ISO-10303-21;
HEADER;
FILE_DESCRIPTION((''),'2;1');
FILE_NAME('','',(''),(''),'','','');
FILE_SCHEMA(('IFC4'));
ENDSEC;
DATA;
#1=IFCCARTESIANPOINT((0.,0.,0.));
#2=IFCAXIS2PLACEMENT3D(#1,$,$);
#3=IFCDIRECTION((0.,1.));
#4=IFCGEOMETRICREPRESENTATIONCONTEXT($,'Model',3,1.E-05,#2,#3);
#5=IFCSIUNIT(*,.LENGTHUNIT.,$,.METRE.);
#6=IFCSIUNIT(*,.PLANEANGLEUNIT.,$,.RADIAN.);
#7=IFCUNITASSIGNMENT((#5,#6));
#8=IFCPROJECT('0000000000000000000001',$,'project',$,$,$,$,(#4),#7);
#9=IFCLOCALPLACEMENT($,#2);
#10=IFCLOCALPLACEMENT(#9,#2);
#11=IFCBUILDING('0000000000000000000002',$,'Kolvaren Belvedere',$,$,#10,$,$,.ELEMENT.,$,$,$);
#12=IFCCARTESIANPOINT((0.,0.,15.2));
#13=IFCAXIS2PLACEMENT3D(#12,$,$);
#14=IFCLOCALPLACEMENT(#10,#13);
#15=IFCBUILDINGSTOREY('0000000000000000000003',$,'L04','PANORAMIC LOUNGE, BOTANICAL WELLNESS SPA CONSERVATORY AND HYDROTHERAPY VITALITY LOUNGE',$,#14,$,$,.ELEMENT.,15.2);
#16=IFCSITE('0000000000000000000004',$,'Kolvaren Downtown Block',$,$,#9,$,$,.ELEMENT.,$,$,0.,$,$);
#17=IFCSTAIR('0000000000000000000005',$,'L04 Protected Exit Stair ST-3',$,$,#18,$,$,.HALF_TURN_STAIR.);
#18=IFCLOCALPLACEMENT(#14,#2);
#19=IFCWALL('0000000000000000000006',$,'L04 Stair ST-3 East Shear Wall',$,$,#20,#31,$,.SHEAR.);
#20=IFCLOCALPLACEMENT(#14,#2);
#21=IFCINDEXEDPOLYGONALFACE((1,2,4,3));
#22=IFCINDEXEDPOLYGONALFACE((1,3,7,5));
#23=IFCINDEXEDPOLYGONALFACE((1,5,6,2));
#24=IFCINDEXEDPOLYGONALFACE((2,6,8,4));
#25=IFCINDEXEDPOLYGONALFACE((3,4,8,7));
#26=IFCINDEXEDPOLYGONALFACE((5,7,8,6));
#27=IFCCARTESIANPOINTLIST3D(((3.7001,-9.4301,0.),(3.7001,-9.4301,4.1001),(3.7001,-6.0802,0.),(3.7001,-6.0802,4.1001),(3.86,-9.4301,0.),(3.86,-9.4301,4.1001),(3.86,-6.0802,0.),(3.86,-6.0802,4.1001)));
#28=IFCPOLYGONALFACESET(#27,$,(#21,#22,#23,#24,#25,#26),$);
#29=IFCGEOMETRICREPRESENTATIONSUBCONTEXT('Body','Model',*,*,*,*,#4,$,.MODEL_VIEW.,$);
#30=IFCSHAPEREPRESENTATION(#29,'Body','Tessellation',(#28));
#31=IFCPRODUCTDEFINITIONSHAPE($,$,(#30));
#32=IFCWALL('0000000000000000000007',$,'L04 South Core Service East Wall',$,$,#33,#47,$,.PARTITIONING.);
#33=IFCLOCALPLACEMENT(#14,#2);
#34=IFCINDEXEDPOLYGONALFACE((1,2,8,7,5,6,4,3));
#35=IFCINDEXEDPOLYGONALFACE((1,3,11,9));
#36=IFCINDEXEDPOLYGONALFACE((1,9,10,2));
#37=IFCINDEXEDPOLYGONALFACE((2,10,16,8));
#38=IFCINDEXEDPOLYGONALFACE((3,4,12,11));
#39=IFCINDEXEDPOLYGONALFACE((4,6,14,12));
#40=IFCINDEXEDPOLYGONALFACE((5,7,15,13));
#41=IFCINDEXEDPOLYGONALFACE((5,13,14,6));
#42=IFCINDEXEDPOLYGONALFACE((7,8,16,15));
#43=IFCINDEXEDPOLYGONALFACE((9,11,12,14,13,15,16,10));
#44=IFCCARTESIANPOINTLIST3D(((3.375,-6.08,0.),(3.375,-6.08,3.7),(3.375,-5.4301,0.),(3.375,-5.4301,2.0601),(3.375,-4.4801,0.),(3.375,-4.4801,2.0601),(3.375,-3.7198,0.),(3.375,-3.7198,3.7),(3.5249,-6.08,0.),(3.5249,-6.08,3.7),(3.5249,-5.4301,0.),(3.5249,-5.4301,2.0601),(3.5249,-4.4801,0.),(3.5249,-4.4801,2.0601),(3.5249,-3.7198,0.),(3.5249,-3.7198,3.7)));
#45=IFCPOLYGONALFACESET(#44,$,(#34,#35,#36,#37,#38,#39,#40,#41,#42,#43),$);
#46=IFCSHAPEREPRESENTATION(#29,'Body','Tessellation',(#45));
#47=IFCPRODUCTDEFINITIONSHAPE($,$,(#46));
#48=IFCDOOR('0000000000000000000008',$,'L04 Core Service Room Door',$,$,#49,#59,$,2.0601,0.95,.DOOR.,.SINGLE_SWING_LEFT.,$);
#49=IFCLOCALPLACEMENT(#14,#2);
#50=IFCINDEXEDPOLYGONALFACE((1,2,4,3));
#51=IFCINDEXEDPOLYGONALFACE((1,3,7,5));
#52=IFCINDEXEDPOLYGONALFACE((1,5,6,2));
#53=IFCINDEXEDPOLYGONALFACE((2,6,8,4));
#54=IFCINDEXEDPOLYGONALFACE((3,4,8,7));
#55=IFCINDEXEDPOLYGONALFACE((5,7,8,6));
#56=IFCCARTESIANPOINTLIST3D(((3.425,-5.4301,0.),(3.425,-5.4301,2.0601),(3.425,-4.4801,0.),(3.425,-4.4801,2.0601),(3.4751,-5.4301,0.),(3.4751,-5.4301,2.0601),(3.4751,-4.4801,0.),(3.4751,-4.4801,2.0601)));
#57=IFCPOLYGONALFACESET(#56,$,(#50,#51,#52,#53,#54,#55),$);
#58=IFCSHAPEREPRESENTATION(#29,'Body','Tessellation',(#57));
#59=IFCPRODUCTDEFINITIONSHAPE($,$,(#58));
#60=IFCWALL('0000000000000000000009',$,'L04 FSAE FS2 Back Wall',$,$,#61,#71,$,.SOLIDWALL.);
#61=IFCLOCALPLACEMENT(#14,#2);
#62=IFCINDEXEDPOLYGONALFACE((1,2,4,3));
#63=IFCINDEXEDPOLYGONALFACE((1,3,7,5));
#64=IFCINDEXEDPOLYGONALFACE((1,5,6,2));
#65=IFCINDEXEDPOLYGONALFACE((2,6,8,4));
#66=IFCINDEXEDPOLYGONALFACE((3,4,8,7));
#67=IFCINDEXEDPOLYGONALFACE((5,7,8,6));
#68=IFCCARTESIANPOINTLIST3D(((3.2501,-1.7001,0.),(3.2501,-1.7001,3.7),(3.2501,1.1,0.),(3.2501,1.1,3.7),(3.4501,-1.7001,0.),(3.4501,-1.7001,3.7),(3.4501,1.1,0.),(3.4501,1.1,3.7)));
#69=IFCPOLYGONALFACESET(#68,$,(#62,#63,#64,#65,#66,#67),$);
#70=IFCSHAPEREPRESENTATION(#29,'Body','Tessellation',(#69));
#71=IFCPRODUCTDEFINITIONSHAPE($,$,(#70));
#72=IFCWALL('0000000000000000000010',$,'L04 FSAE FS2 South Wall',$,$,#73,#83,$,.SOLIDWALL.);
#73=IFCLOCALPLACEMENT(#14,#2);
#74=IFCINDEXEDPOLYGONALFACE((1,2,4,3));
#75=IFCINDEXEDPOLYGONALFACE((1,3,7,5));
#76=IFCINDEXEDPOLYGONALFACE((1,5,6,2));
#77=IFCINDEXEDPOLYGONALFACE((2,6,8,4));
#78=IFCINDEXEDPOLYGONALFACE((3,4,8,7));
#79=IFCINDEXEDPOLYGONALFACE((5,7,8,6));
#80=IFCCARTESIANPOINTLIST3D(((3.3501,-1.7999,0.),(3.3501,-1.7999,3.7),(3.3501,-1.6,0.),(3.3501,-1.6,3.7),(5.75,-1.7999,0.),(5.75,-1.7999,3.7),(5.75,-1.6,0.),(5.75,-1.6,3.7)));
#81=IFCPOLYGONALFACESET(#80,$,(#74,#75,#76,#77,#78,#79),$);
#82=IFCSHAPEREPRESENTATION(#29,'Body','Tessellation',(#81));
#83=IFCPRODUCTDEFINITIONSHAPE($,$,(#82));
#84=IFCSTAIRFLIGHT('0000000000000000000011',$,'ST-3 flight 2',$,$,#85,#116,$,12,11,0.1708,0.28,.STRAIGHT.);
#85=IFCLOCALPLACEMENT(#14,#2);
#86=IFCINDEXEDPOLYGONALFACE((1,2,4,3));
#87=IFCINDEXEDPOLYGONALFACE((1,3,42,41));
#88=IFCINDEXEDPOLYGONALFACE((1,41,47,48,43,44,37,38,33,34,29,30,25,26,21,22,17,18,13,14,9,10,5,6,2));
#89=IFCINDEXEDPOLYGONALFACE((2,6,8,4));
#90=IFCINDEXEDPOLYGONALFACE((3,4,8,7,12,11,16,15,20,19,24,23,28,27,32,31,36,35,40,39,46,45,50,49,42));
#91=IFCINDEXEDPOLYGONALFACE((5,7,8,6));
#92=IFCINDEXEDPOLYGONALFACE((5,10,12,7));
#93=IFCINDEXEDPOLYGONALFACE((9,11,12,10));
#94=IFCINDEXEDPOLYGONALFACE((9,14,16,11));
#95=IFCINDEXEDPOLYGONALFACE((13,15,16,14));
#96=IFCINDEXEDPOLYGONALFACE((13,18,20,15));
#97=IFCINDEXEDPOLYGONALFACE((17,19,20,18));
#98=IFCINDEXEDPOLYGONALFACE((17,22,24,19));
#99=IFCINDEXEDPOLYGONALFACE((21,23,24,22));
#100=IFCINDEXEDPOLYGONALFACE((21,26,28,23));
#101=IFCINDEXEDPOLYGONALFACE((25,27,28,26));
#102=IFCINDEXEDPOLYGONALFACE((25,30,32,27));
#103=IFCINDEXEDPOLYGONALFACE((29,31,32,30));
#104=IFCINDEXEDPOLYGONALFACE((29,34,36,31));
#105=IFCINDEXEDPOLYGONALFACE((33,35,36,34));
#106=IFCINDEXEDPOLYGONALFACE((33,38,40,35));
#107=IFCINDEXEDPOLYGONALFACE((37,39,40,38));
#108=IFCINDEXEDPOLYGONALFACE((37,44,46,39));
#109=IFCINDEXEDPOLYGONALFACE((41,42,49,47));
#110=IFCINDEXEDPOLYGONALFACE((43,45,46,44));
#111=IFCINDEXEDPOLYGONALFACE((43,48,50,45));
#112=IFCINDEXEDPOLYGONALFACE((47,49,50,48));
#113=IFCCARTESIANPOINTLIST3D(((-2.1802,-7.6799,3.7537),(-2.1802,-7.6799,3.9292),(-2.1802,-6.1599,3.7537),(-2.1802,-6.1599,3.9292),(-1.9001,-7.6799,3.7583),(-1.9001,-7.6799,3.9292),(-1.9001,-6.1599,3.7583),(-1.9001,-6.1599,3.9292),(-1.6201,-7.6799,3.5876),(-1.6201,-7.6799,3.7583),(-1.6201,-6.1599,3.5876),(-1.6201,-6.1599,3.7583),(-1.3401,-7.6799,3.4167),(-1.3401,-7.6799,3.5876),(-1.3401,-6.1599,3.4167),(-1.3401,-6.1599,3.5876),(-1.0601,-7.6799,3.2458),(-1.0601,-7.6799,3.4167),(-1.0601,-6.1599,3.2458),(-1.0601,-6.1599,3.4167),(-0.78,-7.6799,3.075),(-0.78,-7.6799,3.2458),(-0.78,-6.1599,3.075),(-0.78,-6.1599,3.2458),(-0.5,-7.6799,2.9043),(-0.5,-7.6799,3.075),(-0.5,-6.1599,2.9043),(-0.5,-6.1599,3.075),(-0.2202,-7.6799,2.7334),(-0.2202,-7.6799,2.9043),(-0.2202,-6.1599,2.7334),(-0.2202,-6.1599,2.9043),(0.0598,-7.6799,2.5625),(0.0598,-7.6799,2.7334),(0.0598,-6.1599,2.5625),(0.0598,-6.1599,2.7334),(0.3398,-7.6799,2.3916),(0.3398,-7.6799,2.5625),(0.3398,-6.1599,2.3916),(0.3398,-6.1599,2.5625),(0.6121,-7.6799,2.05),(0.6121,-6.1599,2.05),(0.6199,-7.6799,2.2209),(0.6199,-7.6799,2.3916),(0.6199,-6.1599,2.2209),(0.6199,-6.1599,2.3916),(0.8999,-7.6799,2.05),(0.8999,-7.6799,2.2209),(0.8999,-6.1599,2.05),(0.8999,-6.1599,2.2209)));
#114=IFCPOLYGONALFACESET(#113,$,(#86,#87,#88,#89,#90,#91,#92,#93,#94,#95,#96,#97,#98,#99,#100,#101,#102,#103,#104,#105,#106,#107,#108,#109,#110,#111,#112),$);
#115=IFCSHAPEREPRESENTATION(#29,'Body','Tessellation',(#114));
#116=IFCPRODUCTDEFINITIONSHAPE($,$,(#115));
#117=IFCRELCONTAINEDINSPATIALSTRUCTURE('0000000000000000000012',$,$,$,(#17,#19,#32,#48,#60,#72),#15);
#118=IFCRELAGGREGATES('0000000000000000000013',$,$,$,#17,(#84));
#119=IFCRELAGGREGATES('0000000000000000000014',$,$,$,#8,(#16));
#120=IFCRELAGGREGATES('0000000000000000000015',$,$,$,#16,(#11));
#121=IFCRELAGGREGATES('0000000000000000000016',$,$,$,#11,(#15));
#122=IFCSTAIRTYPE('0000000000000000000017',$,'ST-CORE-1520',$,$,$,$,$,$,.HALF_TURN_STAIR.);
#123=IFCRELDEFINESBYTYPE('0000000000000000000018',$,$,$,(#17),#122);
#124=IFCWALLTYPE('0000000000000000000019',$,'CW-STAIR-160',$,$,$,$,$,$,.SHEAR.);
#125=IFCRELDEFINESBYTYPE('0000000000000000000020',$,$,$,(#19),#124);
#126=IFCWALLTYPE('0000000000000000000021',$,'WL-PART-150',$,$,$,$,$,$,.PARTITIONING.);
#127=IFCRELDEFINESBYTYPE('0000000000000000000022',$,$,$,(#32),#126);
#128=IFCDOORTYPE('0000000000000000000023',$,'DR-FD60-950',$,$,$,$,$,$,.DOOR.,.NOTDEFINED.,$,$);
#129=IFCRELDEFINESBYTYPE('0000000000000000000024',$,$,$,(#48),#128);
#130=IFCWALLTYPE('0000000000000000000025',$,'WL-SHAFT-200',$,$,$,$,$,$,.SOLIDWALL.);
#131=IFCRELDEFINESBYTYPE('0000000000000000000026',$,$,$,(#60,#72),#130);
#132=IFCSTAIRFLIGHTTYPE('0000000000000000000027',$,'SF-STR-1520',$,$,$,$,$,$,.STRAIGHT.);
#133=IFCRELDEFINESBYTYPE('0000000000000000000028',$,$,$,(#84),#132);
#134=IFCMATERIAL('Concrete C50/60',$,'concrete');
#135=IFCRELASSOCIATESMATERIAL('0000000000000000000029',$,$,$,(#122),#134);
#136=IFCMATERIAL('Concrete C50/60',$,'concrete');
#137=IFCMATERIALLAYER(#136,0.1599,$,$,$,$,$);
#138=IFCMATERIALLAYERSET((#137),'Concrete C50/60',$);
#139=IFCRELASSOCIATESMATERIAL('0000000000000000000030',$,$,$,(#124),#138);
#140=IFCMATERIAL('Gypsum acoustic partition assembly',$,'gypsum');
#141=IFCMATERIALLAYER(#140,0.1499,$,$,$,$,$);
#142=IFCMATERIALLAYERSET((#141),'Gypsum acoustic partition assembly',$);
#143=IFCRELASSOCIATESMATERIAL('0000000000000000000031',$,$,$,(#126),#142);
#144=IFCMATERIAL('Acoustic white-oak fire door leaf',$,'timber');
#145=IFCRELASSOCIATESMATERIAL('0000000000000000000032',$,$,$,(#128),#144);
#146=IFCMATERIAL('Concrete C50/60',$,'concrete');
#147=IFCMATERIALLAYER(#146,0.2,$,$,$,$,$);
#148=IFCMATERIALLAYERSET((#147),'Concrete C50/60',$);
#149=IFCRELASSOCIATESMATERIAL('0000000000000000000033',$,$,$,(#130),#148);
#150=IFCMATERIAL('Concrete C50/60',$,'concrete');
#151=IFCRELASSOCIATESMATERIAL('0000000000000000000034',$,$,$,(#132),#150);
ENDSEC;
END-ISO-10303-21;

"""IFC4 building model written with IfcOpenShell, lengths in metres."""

from ifc_helpers import new_model, si_unit, direction, frame, frame_2d, origin, place, context, subcontext, project, spatial, polyline, rectangle, outline, extrude, material, layer, layer_set, type_object, element, fill, aggregate, save


model = new_model("IFC4")

# Units and contexts
model_context = context("Model", 3, precision=1e-05, world=origin(), true_north=direction((0.0, 1.0)))
body_context = subcontext(model_context, "Body", "Model", "MODEL_VIEW")
ifc_project = project(units=[si_unit("LENGTHUNIT", "METRE"), si_unit("PLANEANGLEUNIT", "RADIAN")], contexts=[model_context])

# Site, building, storey
site_placement = place(None, origin())
site = spatial("IfcSite", under=ifc_project, at=site_placement, Name="Kolvaren Downtown Block", CompositionType="ELEMENT", RefElevation=0.0)
building_placement = place(site_placement, origin())
building = spatial("IfcBuilding", under=site, at=building_placement, Name="Kolvaren Belvedere", CompositionType="ELEMENT")
storey_placement = place(building_placement, frame((0.0, 0.0, 15.2)))
storey = spatial("IfcBuildingStorey", under=building, at=storey_placement, Name="L04", Description="PANORAMIC LOUNGE, BOTANICAL WELLNESS SPA CONSERVATORY AND HYDROTHERAPY VITALITY LOUNGE", CompositionType="ELEMENT", Elevation=15.2)

# Stair
ifc_material_1 = material(Name="Concrete C50/60", Category="concrete")
stair_type_1 = type_object("IfcStairType", Name="ST-CORE-1520", PredefinedType="HALF_TURN_STAIR", material=ifc_material_1)
stair_1_placement = place(storey_placement, origin())
stair_1 = element("IfcStair", 1, at=stair_1_placement, inside=storey, type_object=stair_type_1, Name="L04 Protected Exit Stair ST-3", PredefinedType="HALF_TURN_STAIR")

# Shared definitions
ifc_material_2 = material(Name="Concrete C50/60", Category="concrete")
ifc_layer_1 = layer(ifc_material_2, 0.1599)
ifc_layer_set_1 = layer_set([ifc_layer_1], Name="Concrete C50/60")
wall_type_1 = type_object("IfcWallType", Name="CW-STAIR-160", PredefinedType="SHEAR", material=ifc_layer_set_1)

# Wall
wall_1_placement = place(storey_placement, frame((3.78, -9.4299, 0.0), z_axis=(0.0, 0.0, 1.0), x_axis=(0.0, 1.0, 0.0)))
element("IfcWall", 2, at=wall_1_placement, inside=storey, type_object=wall_type_1, Name="L04 Stair ST-3 East Shear Wall", PredefinedType="SHEAR", context=body_context, shape_type="SweptSolid", body=[
    extrude(rectangle(XDim=3.3499, YDim=0.1599, at=frame_2d((1.6748, 0.0))), origin(), (0.0, 0.0, 1.0), 4.1001),
])

# Wall, opening, door
ifc_material_3 = material(Name="Gypsum acoustic partition assembly", Category="gypsum")
ifc_layer_2 = layer(ifc_material_3, 0.1499)
ifc_layer_set_2 = layer_set([ifc_layer_2], Name="Gypsum acoustic partition assembly")
wall_type_2 = type_object("IfcWallType", Name="WL-PART-150", PredefinedType="PARTITIONING", material=ifc_layer_set_2)
wall_2_placement = place(storey_placement, frame((3.45, -6.0801, 0.0), z_axis=(0.0, 0.0, 1.0), x_axis=(0.0, 1.0, 0.0)))
wall_2 = element("IfcWall", 3, at=wall_2_placement, inside=storey, type_object=wall_type_2, Name="L04 South Core Service East Wall", PredefinedType="PARTITIONING", context=body_context, shape_type="SweptSolid", body=[
    extrude(rectangle(XDim=2.3601, YDim=0.1499, at=frame_2d((1.1802, 0.0))), origin(), (0.0, 0.0, 1.0), 3.7),
])
opening_1_placement = place(wall_2_placement, frame((0.6499, 0.0, 0.0)))
opening_1 = element("IfcOpeningElement", 4, at=opening_1_placement, cuts=wall_2, PredefinedType="OPENING", context=body_context, shape_type="SweptSolid", body=[
    extrude(rectangle(XDim=0.95, YDim=2.0601, at=frame_2d((0.4751, 1.03))), frame((0.0, 0.085, 0.0), z_axis=(0.0, -1.0, 0.0), x_axis=(1.0, 0.0, 0.0)), (0.0, 0.0, 1.0), 0.1699),
])
ifc_material_4 = material(Name="Acoustic white-oak fire door leaf", Category="timber")
door_type_1 = type_object("IfcDoorType", Name="DR-FD60-950", OperationType="NOTDEFINED", PredefinedType="DOOR", material=ifc_material_4)
door_1_placement = place(opening_1_placement, origin())
door_1 = element("IfcDoor", 5, at=door_1_placement, inside=storey, type_object=door_type_1, Name="L04 Core Service Room Door", OperationType="SINGLE_SWING_LEFT", OverallHeight=2.0601, OverallWidth=0.95, PredefinedType="DOOR", context=body_context, shape_type="SweptSolid", body=[
    extrude(rectangle(XDim=0.95, YDim=2.0601, at=frame_2d((0.4751, 1.03))), frame((0.0, 0.0249, 0.0), z_axis=(0.0, -1.0, 0.0), x_axis=(1.0, 0.0, 0.0)), (0.0, 0.0, 1.0), 0.05),
])
fill(opening_1, door_1)

# Walls
ifc_material_5 = material(Name="Concrete C50/60", Category="concrete")
ifc_layer_3 = layer(ifc_material_5, 0.2)
ifc_layer_set_3 = layer_set([ifc_layer_3], Name="Concrete C50/60")
wall_type_3 = type_object("IfcWallType", Name="WL-SHAFT-200", PredefinedType="SOLIDWALL", material=ifc_layer_set_3)
wall_3_placement = place(storey_placement, frame((3.3501, -1.7, 0.0), z_axis=(0.0, 0.0, 1.0), x_axis=(0.0, 1.0, 0.0)))
element("IfcWall", 6, at=wall_3_placement, inside=storey, type_object=wall_type_3, Name="L04 FSAE FS2 Back Wall", PredefinedType="SOLIDWALL", context=body_context, shape_type="SweptSolid", body=[
    extrude(rectangle(XDim=2.8, YDim=0.2, at=frame_2d((1.3999, 0.0))), origin(), (0.0, 0.0, 1.0), 3.7),
])
wall_4_placement = place(storey_placement, frame((3.3501, -1.7, 0.0), z_axis=(0.0, 0.0, 1.0), x_axis=(1.0, 0.0, 0.0)))
element("IfcWall", 7, at=wall_4_placement, inside=storey, type_object=wall_type_3, Name="L04 FSAE FS2 South Wall", PredefinedType="SOLIDWALL", context=body_context, shape_type="SweptSolid", body=[
    extrude(rectangle(XDim=2.3999, YDim=0.2, at=frame_2d((1.2, 0.0))), origin(), (0.0, 0.0, 1.0), 3.7),
])

# Stair flight
ifc_material_6 = material(Name="Concrete C50/60", Category="concrete")
stair_flight_type = type_object("IfcStairFlightType", Name="SF-STR-1520", PredefinedType="STRAIGHT", material=ifc_material_6)
stair_flight_placement = place(storey_placement, frame((0.8999, -6.9199, 2.05), z_axis=(0.0, 0.0, 1.0), x_axis=(-1.0, 0.0, 0.0)))
stair_flight = element("IfcStairFlight", 8, at=stair_flight_placement, type_object=stair_flight_type, Name="ST-3 flight 2", NumberOfRisers=12, NumberOfTreads=11, PredefinedType="STRAIGHT", RiserHeight=0.1708, TreadLength=0.28, context=body_context, shape_type="SweptSolid", body=[
    extrude(outline(polyline([(0.0, 0.0), (0.0, 0.1709), (0.28, 0.1709), (0.28, 0.3416), (0.5601, 0.3416), (0.5601, 0.5125), (0.8401, 0.5125), (0.8401, 0.6833), (1.1201, 0.6833), (1.1201, 0.8542), (1.3999, 0.8542), (1.3999, 1.0249), (1.6799, 1.0249), (1.6799, 1.1958), (1.96, 1.1958), (1.96, 1.3667), (2.24, 1.3667), (2.24, 1.5376), (2.52, 1.5376), (2.52, 1.7083), (2.8, 1.7083), (2.8, 1.8792), (3.0801, 1.8792), (3.0801, 2.05), (3.0801, 1.7036), (0.2878, 0.0), (0.0, 0.0)])), frame((0.0, 0.76, 0.0), z_axis=(0.0, -1.0, 0.0), x_axis=(1.0, 0.0, 0.0)), (0.0, 0.0, 1.0), 1.52),
])
aggregate(stair_1, [stair_flight])

save(model, "model.ifc")
